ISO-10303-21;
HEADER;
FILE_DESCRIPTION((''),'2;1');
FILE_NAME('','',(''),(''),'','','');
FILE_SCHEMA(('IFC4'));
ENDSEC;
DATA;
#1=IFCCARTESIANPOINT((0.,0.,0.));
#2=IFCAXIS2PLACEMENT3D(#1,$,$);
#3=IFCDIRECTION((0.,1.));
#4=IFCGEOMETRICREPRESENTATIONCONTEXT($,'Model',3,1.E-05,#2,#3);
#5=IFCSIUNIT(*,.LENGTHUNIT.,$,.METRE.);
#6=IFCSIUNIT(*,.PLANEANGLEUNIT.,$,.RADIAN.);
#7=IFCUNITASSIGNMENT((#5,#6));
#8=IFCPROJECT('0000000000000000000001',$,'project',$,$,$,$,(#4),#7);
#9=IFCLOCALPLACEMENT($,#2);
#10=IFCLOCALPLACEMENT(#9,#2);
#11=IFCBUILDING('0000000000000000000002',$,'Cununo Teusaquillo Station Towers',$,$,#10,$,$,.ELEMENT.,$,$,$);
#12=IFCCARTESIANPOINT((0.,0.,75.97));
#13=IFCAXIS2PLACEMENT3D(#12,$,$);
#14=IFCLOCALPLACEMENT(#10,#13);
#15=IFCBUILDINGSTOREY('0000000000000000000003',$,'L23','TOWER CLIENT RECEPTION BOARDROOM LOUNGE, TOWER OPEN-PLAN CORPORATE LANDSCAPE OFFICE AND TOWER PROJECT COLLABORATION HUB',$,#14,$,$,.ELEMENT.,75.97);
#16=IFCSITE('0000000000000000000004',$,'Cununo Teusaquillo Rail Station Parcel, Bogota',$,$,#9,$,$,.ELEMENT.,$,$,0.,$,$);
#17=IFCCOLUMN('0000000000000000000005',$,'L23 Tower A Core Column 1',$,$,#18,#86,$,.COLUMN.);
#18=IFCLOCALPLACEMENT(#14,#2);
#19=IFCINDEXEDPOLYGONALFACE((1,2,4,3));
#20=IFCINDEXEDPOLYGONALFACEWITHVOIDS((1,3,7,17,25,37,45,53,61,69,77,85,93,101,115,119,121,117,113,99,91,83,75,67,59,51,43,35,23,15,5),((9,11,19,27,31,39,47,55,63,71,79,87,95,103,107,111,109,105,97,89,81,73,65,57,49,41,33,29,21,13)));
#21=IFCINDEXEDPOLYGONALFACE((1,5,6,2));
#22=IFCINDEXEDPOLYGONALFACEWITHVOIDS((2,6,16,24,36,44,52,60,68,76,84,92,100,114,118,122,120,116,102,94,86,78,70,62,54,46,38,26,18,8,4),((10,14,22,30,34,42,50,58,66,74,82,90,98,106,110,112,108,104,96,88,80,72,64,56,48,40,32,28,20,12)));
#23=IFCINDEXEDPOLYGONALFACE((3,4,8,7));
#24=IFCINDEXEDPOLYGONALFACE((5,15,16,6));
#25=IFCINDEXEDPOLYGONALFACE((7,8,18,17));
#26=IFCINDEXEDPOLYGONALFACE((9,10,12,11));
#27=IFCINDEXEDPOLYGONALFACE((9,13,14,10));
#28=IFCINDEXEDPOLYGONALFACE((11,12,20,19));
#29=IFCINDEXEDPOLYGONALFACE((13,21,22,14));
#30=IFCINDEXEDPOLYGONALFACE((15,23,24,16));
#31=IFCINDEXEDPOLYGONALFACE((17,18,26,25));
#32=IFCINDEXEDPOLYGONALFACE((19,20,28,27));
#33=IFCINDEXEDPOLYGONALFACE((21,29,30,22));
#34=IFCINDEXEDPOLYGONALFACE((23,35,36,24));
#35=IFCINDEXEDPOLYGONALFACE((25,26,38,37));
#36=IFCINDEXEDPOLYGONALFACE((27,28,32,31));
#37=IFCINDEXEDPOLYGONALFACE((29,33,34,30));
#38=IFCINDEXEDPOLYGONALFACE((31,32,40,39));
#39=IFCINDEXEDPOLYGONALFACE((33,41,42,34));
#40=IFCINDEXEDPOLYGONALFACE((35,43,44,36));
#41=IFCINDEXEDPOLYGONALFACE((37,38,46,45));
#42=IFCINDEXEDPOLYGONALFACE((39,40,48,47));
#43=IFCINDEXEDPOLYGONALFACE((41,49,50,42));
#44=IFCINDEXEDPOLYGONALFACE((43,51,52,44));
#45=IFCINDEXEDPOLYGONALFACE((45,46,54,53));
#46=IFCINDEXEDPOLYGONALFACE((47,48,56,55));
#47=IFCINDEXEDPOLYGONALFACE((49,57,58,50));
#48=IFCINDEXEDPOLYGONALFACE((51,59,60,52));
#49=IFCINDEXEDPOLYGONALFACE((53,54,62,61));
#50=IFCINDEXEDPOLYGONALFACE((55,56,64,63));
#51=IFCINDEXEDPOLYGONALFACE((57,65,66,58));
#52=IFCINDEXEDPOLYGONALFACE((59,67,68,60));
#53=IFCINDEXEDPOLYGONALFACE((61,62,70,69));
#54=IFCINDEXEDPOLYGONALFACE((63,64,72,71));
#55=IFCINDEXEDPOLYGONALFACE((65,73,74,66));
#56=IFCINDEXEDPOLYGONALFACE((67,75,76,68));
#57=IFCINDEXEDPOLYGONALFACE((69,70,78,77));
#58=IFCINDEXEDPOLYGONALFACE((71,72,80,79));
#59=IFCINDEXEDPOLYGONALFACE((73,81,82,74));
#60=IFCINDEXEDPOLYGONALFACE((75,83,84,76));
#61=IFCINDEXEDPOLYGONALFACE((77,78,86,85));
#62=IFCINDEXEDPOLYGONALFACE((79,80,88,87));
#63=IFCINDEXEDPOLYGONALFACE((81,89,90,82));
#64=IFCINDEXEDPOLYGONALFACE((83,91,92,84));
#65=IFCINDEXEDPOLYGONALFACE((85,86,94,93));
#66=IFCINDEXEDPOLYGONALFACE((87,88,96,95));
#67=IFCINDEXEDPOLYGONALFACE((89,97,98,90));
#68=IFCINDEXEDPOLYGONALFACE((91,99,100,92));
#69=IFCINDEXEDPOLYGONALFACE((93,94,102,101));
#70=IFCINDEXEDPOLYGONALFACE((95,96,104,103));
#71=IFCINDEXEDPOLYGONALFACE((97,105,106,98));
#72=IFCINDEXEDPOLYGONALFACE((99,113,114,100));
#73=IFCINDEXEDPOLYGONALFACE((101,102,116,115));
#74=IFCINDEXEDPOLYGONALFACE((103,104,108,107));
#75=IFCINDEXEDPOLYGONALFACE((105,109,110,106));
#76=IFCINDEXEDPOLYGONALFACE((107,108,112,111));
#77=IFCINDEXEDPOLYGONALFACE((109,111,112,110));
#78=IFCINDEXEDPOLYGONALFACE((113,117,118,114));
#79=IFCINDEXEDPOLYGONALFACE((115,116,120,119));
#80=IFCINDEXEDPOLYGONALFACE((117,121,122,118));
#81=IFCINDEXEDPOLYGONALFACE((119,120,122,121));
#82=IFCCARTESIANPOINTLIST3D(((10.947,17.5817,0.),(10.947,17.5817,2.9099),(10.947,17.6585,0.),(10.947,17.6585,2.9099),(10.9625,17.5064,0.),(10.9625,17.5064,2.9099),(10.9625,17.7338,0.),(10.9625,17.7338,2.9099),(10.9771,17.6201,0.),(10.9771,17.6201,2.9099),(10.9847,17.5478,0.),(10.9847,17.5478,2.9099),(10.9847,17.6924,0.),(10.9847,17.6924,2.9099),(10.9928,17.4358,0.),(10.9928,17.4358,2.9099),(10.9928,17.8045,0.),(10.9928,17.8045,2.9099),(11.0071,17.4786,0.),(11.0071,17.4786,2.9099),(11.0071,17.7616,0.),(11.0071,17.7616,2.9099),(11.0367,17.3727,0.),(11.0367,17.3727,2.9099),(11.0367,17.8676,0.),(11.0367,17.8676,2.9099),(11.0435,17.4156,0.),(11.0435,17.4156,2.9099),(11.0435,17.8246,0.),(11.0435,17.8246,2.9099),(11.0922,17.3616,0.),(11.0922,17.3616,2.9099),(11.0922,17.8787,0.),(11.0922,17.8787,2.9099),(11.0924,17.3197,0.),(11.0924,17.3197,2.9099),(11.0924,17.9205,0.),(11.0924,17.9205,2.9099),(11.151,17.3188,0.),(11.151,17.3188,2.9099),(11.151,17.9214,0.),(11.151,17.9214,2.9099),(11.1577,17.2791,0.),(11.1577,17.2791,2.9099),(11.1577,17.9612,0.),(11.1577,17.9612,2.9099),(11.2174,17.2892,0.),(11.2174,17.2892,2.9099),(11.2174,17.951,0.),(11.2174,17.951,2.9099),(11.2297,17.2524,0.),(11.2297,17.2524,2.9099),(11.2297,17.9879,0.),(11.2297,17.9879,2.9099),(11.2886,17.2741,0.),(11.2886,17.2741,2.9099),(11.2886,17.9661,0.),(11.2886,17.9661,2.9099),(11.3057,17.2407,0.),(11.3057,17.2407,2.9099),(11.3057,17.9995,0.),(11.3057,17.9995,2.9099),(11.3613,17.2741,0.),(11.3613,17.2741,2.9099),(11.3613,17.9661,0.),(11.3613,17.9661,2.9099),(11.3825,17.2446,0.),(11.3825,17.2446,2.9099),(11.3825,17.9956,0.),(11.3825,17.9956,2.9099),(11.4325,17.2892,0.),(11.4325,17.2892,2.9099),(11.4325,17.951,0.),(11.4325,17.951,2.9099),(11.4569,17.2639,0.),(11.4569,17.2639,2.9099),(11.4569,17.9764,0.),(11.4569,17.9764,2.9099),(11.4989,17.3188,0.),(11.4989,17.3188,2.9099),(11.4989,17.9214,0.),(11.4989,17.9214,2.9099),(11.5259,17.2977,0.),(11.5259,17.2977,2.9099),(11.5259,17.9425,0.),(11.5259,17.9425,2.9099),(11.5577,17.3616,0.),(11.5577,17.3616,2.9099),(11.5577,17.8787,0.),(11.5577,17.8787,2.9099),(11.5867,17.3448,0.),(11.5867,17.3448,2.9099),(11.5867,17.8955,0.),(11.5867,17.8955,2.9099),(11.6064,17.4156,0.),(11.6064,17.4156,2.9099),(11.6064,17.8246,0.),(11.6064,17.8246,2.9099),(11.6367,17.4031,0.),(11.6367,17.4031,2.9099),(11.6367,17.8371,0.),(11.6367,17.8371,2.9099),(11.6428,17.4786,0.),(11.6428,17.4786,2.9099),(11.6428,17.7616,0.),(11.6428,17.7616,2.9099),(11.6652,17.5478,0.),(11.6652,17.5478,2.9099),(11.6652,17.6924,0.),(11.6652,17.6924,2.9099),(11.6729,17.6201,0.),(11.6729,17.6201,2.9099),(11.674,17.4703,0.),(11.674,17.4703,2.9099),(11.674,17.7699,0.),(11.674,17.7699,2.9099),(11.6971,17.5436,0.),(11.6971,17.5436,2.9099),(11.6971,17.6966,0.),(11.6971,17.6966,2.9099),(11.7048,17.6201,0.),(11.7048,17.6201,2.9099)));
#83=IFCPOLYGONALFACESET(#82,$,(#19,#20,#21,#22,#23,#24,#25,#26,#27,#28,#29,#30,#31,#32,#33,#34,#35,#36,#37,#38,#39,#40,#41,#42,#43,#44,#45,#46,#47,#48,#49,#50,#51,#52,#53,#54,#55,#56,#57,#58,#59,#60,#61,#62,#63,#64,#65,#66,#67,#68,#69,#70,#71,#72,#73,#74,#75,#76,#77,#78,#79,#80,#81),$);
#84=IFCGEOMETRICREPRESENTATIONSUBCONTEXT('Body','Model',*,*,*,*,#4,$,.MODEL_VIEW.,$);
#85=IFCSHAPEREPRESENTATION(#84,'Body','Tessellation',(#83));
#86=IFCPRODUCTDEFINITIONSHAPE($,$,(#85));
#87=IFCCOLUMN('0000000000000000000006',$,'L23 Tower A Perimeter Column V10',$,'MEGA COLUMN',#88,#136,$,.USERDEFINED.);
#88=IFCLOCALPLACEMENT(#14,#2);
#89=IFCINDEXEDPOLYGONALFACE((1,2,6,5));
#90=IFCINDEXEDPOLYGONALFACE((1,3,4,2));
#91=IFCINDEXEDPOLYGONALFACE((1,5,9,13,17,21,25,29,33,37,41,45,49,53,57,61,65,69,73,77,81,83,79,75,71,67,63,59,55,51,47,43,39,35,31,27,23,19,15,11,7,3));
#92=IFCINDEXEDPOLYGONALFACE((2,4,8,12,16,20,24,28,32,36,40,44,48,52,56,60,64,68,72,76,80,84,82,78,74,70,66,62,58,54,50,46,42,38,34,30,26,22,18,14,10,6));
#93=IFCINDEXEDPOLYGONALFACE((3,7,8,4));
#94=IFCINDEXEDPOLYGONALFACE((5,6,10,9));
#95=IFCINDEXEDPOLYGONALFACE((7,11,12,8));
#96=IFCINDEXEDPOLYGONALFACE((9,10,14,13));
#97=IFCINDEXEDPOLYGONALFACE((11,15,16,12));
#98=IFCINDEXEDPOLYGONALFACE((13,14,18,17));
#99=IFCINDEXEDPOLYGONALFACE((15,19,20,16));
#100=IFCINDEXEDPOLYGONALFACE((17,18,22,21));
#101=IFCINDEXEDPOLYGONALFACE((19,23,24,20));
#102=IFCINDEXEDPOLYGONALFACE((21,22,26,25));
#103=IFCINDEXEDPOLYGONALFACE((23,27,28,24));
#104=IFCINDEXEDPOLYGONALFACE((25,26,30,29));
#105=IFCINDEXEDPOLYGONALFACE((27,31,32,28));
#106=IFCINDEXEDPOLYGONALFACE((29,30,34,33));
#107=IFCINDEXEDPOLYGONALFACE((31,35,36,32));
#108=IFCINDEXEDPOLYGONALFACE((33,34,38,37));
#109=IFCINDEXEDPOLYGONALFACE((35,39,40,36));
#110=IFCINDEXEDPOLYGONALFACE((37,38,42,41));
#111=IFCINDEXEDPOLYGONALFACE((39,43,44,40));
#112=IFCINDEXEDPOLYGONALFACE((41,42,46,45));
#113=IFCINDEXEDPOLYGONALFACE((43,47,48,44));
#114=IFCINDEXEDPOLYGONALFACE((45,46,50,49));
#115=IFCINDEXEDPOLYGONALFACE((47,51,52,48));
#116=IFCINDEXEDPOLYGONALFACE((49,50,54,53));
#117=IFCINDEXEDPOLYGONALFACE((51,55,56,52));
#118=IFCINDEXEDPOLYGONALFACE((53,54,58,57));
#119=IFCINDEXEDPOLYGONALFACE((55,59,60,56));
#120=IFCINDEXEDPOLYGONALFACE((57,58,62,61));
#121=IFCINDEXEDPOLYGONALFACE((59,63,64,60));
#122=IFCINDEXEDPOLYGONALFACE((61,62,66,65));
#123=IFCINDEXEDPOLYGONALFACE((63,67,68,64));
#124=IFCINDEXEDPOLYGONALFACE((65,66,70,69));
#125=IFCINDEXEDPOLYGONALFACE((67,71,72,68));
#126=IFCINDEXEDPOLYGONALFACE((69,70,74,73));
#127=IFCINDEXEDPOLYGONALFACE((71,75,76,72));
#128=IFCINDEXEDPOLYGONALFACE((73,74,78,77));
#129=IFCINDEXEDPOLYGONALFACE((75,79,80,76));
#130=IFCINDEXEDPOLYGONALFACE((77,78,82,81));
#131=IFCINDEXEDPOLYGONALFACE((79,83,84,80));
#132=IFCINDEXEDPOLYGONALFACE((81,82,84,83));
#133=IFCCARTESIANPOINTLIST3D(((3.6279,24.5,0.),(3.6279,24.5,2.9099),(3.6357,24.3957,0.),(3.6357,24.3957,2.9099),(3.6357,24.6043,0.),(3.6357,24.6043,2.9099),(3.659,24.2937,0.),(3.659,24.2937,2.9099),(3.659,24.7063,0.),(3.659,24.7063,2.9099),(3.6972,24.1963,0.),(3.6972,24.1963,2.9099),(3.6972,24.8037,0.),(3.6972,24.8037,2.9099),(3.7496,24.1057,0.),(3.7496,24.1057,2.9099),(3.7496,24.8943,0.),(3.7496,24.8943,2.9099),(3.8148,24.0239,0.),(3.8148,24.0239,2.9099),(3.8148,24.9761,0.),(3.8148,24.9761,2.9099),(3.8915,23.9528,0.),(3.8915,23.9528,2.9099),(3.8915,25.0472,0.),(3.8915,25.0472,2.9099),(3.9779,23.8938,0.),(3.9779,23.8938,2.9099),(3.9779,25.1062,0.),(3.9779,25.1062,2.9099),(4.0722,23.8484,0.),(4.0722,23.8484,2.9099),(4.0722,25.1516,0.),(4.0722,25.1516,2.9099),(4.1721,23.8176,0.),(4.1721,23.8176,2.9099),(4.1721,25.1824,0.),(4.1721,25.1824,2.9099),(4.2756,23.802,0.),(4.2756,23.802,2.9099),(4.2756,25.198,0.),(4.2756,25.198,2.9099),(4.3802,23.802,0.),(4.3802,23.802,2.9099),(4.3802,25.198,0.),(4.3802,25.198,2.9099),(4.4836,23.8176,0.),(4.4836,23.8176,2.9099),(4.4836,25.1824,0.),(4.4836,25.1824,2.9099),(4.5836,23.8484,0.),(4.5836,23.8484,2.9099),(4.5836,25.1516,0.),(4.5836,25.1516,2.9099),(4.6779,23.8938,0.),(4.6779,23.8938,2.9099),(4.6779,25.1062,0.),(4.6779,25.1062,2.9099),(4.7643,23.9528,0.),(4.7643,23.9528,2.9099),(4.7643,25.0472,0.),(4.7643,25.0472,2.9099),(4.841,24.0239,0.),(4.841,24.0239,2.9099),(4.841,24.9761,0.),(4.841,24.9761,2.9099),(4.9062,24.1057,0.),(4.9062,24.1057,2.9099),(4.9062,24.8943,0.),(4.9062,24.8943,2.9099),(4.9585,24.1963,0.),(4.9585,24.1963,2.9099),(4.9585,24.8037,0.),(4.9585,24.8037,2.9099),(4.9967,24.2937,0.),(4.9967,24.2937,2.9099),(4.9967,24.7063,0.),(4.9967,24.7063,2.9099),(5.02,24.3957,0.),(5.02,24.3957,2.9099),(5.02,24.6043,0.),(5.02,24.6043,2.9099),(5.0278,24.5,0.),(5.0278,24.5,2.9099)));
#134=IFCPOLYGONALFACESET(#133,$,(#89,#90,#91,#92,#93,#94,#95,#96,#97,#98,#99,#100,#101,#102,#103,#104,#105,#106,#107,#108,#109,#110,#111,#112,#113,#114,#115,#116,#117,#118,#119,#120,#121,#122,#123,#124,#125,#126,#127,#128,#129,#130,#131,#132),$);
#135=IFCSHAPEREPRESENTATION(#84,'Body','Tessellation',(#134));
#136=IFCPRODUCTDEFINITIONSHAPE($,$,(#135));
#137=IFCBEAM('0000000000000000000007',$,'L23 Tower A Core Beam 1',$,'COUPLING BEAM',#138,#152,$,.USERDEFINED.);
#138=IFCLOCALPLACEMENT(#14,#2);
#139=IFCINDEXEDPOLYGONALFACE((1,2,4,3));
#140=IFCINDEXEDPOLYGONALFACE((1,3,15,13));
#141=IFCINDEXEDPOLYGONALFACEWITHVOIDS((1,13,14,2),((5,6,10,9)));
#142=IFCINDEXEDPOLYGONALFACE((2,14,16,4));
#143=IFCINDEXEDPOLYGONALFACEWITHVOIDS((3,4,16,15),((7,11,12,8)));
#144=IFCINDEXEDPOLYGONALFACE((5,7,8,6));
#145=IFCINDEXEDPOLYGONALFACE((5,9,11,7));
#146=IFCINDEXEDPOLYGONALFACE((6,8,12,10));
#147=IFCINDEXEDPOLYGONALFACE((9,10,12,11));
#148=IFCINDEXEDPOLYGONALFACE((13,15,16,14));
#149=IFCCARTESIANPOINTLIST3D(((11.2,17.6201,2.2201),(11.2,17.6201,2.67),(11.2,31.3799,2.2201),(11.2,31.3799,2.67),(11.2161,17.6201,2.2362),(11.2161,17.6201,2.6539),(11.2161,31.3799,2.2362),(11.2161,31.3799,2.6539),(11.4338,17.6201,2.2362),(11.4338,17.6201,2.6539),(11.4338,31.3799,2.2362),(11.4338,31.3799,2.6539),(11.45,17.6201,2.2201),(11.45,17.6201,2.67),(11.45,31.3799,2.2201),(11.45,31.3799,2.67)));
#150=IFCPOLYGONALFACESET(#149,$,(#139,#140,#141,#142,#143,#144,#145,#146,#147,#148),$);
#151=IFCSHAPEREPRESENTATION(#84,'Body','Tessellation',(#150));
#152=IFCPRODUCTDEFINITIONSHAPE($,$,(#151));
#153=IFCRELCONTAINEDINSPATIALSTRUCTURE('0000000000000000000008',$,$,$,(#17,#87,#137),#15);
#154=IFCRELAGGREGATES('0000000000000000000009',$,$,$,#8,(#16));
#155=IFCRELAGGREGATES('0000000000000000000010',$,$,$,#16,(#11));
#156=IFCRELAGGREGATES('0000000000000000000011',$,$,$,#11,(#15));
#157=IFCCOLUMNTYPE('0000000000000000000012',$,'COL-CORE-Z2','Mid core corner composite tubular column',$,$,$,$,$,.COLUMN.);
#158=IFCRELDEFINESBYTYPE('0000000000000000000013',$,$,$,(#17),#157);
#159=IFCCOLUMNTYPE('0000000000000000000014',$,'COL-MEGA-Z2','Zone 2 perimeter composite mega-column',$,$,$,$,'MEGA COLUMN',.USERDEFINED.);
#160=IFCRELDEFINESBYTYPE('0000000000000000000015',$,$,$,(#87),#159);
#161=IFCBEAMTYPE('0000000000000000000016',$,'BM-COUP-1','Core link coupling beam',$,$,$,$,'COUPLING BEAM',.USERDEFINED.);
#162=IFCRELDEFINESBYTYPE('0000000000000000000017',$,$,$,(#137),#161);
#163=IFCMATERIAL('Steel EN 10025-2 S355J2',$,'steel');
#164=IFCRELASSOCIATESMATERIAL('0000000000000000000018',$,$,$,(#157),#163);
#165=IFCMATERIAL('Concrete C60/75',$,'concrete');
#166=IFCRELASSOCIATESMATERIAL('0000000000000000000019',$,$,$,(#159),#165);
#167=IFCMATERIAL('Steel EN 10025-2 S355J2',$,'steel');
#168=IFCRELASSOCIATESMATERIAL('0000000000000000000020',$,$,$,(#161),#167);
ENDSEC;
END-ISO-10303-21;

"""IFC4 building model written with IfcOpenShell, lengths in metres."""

from ifc_helpers import new_model, si_unit, direction, frame, origin, origin_2d, place, context, subcontext, project, spatial, hollow_rectangle, circle, hollow_circle, extrude, material, material_profile, profile_set, type_object, element, save


model = new_model("IFC4")

# Units and contexts
model_context = context("Model", 3, precision=1e-05, world=origin(), true_north=direction((0.0, 1.0)))
body_context = subcontext(model_context, "Body", "Model", "MODEL_VIEW")
ifc_project = project(units=[si_unit("LENGTHUNIT", "METRE"), si_unit("PLANEANGLEUNIT", "RADIAN")], contexts=[model_context])

# Site, building, storey
site_placement = place(None, origin())
site = spatial("IfcSite", under=ifc_project, at=site_placement, Name="Cununo Teusaquillo Rail Station Parcel, Bogota", CompositionType="ELEMENT", RefElevation=0.0)
building_placement = place(site_placement, origin())
building = spatial("IfcBuilding", under=site, at=building_placement, Name="Cununo Teusaquillo Station Towers", CompositionType="ELEMENT")
storey_placement = place(building_placement, frame((0.0, 0.0, 75.97)))
storey = spatial("IfcBuildingStorey", under=building, at=storey_placement, Name="L23", Description="TOWER CLIENT RECEPTION BOARDROOM LOUNGE, TOWER OPEN-PLAN CORPORATE LANDSCAPE OFFICE AND TOWER PROJECT COLLABORATION HUB", CompositionType="ELEMENT", Elevation=75.97)

# Columns
ifc_material_1 = material(Name="Steel EN 10025-2 S355J2", Category="steel")
ifc_material_profile_1 = material_profile(ifc_material_1, hollow_circle(Radius=0.3799, WallThickness=0.032, at=origin_2d()), Name="CHS 760x32")
ifc_profile_set_1 = profile_set([ifc_material_profile_1], Name="Steel EN 10025-2 S355J2")
column_type_1 = type_object("IfcColumnType", Name="COL-CORE-Z2", Description="Mid core corner composite tubular column", PredefinedType="COLUMN", material=ifc_profile_set_1)
column_1_placement = place(storey_placement, frame((11.325, 17.6201, 0.0), z_axis=(0.0, 0.0, 1.0), x_axis=(1.0, 0.0, 0.0)))
element("IfcColumn", 1, at=column_1_placement, inside=storey, type_object=column_type_1, Name="L23 Tower A Core Column 1", PredefinedType="COLUMN", context=body_context, shape_type="SweptSolid", body=[
    extrude(hollow_circle(Radius=0.3799, WallThickness=0.032, at=origin_2d()), origin(), (0.0, 0.0, 1.0), 2.9099),
])
ifc_material_2 = material(Name="Concrete C60/75", Category="concrete")
ifc_material_profile_2 = material_profile(ifc_material_2, circle(Radius=0.7, at=origin_2d()), Name="RC-CIRC-1400")
ifc_profile_set_2 = profile_set([ifc_material_profile_2], Name="Concrete C60/75")
column_type_2 = type_object("IfcColumnType", Name="COL-MEGA-Z2", Description="Zone 2 perimeter composite mega-column", ElementType="MEGA COLUMN", PredefinedType="USERDEFINED", material=ifc_profile_set_2)
column_2_placement = place(storey_placement, frame((4.3279, 24.5, 0.0), z_axis=(0.0, 0.0, 1.0), x_axis=(1.0, 0.0, 0.0)))
element("IfcColumn", 2, at=column_2_placement, inside=storey, type_object=column_type_2, Name="L23 Tower A Perimeter Column V10", ObjectType="MEGA COLUMN", PredefinedType="USERDEFINED", context=body_context, shape_type="SweptSolid", body=[
    extrude(circle(Radius=0.7, at=origin_2d()), origin(), (0.0, 0.0, 1.0), 2.9099),
])

# Beam
ifc_material_3 = material(Name="Steel EN 10025-2 S355J2", Category="steel")
ifc_material_profile_3 = material_profile(ifc_material_3, hollow_rectangle(XDim=0.25, YDim=0.45, WallThickness=0.0161, at=origin_2d()), Name="RHS 450x250x16")
ifc_profile_set_3 = profile_set([ifc_material_profile_3], Name="Steel EN 10025-2 S355J2")
beam_type_1 = type_object("IfcBeamType", Name="BM-COUP-1", Description="Core link coupling beam", ElementType="COUPLING BEAM", PredefinedType="USERDEFINED", material=ifc_profile_set_3)
beam_1_placement = place(storey_placement, frame((11.325, 17.6201, 2.4451), z_axis=(0.0, 1.0, 0.0), x_axis=(-1.0, 0.0, 0.0)))
element("IfcBeam", 3, at=beam_1_placement, inside=storey, type_object=beam_type_1, Name="L23 Tower A Core Beam 1", ObjectType="COUPLING BEAM", PredefinedType="USERDEFINED", context=body_context, shape_type="SweptSolid", body=[
    extrude(hollow_rectangle(XDim=0.25, YDim=0.45, WallThickness=0.0161, at=origin_2d()), origin(), (0.0, 0.0, 1.0), 13.7598),
])

save(model, "model.ifc")
